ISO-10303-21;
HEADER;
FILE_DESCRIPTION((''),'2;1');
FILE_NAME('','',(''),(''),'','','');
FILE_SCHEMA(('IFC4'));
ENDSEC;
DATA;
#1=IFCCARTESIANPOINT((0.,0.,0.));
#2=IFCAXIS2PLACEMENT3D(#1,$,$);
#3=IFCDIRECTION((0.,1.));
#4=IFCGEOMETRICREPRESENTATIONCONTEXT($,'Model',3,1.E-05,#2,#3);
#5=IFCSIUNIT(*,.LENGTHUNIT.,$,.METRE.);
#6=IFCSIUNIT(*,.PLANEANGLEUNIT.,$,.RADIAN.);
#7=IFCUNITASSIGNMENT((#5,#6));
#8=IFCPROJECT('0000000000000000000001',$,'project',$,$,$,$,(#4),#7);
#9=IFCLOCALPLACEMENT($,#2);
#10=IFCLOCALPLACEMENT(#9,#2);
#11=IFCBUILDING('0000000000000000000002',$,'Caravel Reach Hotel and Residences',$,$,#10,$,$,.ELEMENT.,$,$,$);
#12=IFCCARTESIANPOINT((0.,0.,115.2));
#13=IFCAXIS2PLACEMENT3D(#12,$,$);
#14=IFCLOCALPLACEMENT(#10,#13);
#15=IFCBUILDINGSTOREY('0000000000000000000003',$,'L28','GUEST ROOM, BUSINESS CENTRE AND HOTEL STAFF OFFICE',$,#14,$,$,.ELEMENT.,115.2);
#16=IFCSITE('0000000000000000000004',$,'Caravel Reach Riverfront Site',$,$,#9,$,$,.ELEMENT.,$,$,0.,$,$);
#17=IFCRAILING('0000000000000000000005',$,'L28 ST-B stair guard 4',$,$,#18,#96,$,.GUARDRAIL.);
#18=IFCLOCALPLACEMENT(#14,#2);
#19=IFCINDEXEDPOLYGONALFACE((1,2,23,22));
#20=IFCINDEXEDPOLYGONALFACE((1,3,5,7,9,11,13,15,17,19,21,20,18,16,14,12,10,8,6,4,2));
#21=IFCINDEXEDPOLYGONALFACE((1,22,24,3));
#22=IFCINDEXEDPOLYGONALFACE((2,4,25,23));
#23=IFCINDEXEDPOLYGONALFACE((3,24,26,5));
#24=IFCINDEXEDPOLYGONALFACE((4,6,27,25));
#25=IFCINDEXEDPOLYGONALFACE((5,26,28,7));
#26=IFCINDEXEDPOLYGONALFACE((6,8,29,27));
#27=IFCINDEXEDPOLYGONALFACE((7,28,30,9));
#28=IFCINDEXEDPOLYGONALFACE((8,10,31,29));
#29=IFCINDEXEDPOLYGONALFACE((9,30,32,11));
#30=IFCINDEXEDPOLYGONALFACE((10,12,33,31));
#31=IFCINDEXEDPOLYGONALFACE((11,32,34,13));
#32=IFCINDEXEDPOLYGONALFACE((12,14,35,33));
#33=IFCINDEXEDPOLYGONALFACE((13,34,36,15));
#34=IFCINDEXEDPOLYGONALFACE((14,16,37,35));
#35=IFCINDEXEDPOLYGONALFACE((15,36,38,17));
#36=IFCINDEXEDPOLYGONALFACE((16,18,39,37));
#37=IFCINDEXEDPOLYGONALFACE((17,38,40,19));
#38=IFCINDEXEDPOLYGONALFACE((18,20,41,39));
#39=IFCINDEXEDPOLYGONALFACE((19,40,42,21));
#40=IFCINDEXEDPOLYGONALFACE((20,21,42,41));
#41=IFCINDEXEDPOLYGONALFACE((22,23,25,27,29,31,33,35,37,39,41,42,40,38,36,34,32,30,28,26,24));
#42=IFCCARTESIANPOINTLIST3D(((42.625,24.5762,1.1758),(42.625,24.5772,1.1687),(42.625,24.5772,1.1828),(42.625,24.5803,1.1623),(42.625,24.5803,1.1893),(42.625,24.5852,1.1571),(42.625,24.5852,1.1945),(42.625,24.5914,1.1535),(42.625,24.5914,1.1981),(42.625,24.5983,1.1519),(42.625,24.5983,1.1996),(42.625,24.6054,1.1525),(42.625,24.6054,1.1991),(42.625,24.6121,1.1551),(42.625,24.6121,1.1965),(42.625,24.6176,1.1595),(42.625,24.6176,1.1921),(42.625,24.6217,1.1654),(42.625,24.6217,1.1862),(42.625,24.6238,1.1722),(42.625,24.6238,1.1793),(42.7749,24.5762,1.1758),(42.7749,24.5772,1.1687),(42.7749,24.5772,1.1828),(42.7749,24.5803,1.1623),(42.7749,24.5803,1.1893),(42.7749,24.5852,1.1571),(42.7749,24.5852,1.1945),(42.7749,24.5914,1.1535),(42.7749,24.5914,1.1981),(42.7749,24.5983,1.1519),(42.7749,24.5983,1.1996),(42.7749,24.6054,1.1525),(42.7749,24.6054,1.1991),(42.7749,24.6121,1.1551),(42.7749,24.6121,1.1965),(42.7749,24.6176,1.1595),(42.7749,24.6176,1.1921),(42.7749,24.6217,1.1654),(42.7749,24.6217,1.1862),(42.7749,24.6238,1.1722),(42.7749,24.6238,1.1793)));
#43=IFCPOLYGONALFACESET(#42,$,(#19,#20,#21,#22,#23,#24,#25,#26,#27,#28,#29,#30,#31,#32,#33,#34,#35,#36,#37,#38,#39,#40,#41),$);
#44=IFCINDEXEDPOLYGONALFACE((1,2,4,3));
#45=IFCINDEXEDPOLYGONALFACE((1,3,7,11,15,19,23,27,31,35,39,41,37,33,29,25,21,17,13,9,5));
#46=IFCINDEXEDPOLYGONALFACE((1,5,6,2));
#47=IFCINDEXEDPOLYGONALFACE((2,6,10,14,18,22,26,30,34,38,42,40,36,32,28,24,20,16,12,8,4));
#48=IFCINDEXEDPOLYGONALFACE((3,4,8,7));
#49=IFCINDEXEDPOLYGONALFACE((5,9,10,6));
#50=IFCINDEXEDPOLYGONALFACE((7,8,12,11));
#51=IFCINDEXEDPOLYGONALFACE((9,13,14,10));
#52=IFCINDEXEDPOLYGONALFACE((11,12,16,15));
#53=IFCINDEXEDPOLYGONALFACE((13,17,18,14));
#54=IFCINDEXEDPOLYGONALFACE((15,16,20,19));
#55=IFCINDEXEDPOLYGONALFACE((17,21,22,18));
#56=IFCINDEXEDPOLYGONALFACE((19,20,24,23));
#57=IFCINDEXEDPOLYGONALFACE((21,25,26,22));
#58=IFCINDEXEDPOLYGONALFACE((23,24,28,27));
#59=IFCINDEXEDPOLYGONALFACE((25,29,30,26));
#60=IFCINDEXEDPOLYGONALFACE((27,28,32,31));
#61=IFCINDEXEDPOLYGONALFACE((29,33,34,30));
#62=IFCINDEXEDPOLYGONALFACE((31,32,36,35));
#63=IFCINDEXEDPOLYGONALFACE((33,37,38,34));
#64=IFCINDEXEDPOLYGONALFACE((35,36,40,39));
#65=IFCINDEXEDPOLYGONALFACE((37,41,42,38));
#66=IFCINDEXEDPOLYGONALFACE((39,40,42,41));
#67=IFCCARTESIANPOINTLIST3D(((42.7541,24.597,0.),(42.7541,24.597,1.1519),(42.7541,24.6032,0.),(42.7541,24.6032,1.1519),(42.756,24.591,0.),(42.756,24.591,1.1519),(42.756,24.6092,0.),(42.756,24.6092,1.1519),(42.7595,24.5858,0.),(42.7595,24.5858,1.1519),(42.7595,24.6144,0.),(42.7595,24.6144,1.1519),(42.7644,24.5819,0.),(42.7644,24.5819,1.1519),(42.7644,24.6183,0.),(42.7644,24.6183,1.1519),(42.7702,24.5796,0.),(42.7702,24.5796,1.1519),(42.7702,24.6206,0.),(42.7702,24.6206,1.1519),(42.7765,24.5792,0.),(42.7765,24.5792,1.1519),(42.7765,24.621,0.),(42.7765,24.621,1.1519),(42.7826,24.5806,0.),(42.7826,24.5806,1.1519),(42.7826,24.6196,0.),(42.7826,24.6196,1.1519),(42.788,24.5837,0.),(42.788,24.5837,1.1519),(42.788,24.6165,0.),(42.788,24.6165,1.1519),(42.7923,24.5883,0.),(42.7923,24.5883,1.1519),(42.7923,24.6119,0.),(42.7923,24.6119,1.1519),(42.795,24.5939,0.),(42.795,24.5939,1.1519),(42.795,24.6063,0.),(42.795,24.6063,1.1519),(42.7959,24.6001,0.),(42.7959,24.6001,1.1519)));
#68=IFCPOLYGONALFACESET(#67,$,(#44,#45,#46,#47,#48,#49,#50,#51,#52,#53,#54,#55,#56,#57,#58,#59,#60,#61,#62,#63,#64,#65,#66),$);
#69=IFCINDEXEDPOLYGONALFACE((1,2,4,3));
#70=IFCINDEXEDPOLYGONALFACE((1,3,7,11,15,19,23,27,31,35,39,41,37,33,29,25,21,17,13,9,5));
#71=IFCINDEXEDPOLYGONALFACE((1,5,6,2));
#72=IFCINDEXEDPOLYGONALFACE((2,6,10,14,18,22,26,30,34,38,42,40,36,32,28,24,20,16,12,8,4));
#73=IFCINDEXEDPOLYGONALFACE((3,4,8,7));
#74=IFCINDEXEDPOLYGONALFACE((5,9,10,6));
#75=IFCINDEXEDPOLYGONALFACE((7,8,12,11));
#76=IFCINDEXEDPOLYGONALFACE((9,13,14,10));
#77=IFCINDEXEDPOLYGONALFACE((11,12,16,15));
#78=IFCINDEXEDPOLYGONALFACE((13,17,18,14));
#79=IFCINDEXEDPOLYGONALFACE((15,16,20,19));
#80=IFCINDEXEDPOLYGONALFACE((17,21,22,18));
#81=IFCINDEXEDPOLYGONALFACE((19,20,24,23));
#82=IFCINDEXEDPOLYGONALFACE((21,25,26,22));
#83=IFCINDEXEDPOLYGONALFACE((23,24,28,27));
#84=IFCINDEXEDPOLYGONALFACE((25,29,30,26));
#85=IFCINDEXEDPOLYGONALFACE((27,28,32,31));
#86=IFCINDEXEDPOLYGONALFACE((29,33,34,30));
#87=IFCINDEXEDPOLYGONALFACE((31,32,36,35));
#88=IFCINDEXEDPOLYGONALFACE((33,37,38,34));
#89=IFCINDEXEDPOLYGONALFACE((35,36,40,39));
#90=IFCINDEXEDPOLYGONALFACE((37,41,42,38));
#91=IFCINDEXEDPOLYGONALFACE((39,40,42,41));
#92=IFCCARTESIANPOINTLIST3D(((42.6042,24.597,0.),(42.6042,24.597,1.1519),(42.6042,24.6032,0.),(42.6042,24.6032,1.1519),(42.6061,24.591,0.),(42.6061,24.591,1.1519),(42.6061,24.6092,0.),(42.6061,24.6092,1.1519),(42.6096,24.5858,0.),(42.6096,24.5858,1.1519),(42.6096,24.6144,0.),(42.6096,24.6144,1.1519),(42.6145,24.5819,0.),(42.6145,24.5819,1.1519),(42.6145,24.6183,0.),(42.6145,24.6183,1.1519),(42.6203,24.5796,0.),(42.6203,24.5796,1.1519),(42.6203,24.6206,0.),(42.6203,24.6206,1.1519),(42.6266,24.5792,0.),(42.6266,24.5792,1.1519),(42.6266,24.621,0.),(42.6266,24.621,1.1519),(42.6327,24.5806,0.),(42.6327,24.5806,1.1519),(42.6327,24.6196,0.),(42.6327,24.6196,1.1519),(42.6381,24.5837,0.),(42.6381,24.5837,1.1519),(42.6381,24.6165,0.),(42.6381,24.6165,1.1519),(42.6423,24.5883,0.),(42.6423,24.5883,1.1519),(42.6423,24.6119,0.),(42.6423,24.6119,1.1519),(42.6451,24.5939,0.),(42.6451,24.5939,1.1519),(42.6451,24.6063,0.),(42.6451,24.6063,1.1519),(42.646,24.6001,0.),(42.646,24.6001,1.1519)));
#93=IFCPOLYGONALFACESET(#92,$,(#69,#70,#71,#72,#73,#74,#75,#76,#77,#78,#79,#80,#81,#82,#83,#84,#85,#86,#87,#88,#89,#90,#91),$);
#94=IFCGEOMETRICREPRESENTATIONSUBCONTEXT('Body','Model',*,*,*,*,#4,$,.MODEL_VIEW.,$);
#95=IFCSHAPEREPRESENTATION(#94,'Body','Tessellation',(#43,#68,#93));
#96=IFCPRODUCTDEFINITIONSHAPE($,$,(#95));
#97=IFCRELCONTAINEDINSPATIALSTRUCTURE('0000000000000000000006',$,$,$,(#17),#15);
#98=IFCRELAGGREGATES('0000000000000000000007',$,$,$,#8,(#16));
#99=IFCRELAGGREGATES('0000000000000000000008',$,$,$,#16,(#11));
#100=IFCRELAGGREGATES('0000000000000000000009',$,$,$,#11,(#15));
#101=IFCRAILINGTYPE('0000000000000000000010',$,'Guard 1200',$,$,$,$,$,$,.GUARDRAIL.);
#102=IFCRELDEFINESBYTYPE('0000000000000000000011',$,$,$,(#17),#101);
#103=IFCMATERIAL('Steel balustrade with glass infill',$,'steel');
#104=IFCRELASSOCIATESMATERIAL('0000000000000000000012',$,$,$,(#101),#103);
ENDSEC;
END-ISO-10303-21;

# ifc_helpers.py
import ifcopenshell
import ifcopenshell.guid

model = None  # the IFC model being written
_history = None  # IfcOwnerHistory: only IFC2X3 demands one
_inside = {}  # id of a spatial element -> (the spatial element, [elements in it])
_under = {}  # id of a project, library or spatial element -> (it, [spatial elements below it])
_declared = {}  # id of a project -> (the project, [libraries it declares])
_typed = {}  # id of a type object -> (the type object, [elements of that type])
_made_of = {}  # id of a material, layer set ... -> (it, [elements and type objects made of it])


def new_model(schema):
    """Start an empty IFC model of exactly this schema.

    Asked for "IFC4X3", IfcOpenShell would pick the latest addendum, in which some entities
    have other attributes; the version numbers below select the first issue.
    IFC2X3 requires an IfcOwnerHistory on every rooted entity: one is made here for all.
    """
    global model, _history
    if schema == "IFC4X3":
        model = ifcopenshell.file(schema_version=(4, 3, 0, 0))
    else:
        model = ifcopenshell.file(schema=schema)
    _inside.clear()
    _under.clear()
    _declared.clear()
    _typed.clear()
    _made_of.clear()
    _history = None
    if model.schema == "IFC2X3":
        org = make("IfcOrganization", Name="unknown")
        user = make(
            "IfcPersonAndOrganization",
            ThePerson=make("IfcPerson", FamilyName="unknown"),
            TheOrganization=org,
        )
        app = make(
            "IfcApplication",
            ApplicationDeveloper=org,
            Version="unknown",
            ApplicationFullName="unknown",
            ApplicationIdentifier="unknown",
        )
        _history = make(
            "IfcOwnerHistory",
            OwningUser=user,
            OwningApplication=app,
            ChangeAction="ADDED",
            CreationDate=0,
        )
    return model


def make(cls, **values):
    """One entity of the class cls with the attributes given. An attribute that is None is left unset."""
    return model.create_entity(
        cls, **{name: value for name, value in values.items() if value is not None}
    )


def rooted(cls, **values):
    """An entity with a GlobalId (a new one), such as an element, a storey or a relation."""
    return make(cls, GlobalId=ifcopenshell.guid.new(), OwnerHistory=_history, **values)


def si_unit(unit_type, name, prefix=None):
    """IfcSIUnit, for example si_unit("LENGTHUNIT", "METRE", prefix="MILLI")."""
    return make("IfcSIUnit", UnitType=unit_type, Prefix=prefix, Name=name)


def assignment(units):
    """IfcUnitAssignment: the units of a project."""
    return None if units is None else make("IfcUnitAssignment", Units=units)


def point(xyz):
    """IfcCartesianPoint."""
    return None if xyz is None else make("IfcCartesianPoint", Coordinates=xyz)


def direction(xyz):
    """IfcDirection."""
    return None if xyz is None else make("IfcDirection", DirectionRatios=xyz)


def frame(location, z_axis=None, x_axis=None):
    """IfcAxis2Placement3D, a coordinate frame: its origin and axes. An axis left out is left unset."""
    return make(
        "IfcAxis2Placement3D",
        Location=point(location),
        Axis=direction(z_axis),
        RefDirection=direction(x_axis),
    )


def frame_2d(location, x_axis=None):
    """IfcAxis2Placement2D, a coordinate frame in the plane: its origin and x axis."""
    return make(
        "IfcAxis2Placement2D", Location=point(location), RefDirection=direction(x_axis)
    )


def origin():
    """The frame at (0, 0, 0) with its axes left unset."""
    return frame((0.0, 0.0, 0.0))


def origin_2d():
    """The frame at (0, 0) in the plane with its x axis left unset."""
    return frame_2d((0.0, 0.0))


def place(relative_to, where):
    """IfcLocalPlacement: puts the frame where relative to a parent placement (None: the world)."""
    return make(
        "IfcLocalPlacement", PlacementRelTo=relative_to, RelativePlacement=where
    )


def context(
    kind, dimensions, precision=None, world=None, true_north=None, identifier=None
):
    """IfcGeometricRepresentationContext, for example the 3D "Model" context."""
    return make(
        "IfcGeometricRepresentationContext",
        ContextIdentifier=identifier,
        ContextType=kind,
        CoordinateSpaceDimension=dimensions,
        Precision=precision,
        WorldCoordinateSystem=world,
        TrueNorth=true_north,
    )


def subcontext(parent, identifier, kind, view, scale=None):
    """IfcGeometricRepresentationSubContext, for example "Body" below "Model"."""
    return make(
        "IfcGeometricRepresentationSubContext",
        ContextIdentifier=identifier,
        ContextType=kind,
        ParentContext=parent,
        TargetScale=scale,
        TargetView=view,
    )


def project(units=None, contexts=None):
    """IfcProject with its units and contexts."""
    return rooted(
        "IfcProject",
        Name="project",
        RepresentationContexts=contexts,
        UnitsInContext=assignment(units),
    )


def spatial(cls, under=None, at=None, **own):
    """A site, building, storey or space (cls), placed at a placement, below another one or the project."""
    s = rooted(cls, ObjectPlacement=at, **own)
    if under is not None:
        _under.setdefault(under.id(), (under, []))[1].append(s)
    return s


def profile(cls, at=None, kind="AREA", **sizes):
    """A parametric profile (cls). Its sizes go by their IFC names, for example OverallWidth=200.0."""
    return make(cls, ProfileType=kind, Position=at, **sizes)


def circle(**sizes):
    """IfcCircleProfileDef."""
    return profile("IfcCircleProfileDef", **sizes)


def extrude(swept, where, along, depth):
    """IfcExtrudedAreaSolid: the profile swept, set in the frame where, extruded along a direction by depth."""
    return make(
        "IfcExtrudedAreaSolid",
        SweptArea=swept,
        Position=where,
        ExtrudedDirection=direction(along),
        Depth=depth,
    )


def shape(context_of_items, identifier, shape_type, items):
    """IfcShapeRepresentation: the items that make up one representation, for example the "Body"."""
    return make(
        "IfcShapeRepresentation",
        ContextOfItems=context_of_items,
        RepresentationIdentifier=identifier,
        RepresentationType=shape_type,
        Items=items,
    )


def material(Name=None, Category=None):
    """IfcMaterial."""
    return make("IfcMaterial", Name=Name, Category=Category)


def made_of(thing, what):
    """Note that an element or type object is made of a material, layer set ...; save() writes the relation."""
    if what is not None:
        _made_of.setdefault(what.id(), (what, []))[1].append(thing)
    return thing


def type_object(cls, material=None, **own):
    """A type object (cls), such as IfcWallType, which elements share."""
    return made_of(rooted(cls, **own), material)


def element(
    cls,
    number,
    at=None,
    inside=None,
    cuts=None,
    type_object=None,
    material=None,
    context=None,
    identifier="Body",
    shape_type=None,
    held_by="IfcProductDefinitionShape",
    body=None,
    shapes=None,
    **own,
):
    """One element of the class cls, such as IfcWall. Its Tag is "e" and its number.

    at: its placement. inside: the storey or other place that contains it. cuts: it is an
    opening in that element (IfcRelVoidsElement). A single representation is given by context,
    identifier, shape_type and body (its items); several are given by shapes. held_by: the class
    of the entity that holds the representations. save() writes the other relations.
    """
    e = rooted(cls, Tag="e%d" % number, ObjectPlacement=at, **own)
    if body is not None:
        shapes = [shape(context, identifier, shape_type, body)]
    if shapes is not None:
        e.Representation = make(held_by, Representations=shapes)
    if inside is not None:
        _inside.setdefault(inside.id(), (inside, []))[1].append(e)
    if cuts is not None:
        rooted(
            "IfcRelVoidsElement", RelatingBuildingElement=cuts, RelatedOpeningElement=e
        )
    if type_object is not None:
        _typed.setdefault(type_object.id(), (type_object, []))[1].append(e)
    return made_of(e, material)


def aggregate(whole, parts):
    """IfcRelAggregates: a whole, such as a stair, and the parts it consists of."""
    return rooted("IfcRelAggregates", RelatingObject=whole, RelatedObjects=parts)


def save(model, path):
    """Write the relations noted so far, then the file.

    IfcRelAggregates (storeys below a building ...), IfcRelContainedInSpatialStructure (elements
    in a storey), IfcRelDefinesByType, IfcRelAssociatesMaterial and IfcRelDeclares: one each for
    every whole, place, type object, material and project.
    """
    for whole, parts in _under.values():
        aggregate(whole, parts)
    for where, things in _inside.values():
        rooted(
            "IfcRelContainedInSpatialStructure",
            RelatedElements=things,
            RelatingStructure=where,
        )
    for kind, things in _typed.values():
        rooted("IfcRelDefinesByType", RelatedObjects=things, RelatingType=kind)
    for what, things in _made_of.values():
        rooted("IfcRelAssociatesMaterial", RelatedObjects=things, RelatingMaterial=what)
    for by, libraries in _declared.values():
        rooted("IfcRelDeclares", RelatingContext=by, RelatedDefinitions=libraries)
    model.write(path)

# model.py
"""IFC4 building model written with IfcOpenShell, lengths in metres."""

from ifc_helpers import new_model, si_unit, direction, frame, origin, origin_2d, place, context, subcontext, project, spatial, circle, extrude, material, type_object, element, save


model = new_model("IFC4")

# Units and contexts
model_context = context("Model", 3, precision=1e-05, world=origin(), true_north=direction((0.0, 1.0)))
body_context = subcontext(model_context, "Body", "Model", "MODEL_VIEW")
ifc_project = project(units=[si_unit("LENGTHUNIT", "METRE"), si_unit("PLANEANGLEUNIT", "RADIAN")], contexts=[model_context])

# Site, building, storey
site_placement = place(None, origin())
site = spatial("IfcSite", under=ifc_project, at=site_placement, Name="Caravel Reach Riverfront Site", CompositionType="ELEMENT", RefElevation=0.0)
building_placement = place(site_placement, origin())
building = spatial("IfcBuilding", under=site, at=building_placement, Name="Caravel Reach Hotel and Residences", CompositionType="ELEMENT")
storey_placement = place(building_placement, frame((0.0, 0.0, 115.2)))
storey = spatial("IfcBuildingStorey", under=building, at=storey_placement, Name="L28", Description="GUEST ROOM, BUSINESS CENTRE AND HOTEL STAFF OFFICE", CompositionType="ELEMENT", Elevation=115.2)

# Railing
ifc_material_1 = material(Name="Steel balustrade with glass infill", Category="steel")
railing_type_1 = type_object("IfcRailingType", Name="Guard 1200", PredefinedType="GUARDRAIL", material=ifc_material_1)
railing_1_placement = place(storey_placement, frame((42.7749, 24.6001, 0.0)))
element("IfcRailing", 1, at=railing_1_placement, inside=storey, type_object=railing_type_1, Name="L28 ST-B stair guard 4", PredefinedType="GUARDRAIL", context=body_context, shape_type="SweptSolid", body=[
    extrude(circle(Radius=0.0239, at=origin_2d()), frame((0.0, 0.0, 1.1758), z_axis=(-1.0, 0.0, 0.0), x_axis=(0.0, -1.0, 0.0)), (0.0, 0.0, 1.0), 0.1499),
    extrude(circle(Radius=0.021, at=origin_2d()), origin(), (0.0, 0.0, 1.0), 1.1519),
    extrude(circle(Radius=0.021, at=origin_2d()), frame((-0.1499, 0.0, 0.0)), (0.0, 0.0, 1.0), 1.1519),
])

save(model, "model.ifc")
